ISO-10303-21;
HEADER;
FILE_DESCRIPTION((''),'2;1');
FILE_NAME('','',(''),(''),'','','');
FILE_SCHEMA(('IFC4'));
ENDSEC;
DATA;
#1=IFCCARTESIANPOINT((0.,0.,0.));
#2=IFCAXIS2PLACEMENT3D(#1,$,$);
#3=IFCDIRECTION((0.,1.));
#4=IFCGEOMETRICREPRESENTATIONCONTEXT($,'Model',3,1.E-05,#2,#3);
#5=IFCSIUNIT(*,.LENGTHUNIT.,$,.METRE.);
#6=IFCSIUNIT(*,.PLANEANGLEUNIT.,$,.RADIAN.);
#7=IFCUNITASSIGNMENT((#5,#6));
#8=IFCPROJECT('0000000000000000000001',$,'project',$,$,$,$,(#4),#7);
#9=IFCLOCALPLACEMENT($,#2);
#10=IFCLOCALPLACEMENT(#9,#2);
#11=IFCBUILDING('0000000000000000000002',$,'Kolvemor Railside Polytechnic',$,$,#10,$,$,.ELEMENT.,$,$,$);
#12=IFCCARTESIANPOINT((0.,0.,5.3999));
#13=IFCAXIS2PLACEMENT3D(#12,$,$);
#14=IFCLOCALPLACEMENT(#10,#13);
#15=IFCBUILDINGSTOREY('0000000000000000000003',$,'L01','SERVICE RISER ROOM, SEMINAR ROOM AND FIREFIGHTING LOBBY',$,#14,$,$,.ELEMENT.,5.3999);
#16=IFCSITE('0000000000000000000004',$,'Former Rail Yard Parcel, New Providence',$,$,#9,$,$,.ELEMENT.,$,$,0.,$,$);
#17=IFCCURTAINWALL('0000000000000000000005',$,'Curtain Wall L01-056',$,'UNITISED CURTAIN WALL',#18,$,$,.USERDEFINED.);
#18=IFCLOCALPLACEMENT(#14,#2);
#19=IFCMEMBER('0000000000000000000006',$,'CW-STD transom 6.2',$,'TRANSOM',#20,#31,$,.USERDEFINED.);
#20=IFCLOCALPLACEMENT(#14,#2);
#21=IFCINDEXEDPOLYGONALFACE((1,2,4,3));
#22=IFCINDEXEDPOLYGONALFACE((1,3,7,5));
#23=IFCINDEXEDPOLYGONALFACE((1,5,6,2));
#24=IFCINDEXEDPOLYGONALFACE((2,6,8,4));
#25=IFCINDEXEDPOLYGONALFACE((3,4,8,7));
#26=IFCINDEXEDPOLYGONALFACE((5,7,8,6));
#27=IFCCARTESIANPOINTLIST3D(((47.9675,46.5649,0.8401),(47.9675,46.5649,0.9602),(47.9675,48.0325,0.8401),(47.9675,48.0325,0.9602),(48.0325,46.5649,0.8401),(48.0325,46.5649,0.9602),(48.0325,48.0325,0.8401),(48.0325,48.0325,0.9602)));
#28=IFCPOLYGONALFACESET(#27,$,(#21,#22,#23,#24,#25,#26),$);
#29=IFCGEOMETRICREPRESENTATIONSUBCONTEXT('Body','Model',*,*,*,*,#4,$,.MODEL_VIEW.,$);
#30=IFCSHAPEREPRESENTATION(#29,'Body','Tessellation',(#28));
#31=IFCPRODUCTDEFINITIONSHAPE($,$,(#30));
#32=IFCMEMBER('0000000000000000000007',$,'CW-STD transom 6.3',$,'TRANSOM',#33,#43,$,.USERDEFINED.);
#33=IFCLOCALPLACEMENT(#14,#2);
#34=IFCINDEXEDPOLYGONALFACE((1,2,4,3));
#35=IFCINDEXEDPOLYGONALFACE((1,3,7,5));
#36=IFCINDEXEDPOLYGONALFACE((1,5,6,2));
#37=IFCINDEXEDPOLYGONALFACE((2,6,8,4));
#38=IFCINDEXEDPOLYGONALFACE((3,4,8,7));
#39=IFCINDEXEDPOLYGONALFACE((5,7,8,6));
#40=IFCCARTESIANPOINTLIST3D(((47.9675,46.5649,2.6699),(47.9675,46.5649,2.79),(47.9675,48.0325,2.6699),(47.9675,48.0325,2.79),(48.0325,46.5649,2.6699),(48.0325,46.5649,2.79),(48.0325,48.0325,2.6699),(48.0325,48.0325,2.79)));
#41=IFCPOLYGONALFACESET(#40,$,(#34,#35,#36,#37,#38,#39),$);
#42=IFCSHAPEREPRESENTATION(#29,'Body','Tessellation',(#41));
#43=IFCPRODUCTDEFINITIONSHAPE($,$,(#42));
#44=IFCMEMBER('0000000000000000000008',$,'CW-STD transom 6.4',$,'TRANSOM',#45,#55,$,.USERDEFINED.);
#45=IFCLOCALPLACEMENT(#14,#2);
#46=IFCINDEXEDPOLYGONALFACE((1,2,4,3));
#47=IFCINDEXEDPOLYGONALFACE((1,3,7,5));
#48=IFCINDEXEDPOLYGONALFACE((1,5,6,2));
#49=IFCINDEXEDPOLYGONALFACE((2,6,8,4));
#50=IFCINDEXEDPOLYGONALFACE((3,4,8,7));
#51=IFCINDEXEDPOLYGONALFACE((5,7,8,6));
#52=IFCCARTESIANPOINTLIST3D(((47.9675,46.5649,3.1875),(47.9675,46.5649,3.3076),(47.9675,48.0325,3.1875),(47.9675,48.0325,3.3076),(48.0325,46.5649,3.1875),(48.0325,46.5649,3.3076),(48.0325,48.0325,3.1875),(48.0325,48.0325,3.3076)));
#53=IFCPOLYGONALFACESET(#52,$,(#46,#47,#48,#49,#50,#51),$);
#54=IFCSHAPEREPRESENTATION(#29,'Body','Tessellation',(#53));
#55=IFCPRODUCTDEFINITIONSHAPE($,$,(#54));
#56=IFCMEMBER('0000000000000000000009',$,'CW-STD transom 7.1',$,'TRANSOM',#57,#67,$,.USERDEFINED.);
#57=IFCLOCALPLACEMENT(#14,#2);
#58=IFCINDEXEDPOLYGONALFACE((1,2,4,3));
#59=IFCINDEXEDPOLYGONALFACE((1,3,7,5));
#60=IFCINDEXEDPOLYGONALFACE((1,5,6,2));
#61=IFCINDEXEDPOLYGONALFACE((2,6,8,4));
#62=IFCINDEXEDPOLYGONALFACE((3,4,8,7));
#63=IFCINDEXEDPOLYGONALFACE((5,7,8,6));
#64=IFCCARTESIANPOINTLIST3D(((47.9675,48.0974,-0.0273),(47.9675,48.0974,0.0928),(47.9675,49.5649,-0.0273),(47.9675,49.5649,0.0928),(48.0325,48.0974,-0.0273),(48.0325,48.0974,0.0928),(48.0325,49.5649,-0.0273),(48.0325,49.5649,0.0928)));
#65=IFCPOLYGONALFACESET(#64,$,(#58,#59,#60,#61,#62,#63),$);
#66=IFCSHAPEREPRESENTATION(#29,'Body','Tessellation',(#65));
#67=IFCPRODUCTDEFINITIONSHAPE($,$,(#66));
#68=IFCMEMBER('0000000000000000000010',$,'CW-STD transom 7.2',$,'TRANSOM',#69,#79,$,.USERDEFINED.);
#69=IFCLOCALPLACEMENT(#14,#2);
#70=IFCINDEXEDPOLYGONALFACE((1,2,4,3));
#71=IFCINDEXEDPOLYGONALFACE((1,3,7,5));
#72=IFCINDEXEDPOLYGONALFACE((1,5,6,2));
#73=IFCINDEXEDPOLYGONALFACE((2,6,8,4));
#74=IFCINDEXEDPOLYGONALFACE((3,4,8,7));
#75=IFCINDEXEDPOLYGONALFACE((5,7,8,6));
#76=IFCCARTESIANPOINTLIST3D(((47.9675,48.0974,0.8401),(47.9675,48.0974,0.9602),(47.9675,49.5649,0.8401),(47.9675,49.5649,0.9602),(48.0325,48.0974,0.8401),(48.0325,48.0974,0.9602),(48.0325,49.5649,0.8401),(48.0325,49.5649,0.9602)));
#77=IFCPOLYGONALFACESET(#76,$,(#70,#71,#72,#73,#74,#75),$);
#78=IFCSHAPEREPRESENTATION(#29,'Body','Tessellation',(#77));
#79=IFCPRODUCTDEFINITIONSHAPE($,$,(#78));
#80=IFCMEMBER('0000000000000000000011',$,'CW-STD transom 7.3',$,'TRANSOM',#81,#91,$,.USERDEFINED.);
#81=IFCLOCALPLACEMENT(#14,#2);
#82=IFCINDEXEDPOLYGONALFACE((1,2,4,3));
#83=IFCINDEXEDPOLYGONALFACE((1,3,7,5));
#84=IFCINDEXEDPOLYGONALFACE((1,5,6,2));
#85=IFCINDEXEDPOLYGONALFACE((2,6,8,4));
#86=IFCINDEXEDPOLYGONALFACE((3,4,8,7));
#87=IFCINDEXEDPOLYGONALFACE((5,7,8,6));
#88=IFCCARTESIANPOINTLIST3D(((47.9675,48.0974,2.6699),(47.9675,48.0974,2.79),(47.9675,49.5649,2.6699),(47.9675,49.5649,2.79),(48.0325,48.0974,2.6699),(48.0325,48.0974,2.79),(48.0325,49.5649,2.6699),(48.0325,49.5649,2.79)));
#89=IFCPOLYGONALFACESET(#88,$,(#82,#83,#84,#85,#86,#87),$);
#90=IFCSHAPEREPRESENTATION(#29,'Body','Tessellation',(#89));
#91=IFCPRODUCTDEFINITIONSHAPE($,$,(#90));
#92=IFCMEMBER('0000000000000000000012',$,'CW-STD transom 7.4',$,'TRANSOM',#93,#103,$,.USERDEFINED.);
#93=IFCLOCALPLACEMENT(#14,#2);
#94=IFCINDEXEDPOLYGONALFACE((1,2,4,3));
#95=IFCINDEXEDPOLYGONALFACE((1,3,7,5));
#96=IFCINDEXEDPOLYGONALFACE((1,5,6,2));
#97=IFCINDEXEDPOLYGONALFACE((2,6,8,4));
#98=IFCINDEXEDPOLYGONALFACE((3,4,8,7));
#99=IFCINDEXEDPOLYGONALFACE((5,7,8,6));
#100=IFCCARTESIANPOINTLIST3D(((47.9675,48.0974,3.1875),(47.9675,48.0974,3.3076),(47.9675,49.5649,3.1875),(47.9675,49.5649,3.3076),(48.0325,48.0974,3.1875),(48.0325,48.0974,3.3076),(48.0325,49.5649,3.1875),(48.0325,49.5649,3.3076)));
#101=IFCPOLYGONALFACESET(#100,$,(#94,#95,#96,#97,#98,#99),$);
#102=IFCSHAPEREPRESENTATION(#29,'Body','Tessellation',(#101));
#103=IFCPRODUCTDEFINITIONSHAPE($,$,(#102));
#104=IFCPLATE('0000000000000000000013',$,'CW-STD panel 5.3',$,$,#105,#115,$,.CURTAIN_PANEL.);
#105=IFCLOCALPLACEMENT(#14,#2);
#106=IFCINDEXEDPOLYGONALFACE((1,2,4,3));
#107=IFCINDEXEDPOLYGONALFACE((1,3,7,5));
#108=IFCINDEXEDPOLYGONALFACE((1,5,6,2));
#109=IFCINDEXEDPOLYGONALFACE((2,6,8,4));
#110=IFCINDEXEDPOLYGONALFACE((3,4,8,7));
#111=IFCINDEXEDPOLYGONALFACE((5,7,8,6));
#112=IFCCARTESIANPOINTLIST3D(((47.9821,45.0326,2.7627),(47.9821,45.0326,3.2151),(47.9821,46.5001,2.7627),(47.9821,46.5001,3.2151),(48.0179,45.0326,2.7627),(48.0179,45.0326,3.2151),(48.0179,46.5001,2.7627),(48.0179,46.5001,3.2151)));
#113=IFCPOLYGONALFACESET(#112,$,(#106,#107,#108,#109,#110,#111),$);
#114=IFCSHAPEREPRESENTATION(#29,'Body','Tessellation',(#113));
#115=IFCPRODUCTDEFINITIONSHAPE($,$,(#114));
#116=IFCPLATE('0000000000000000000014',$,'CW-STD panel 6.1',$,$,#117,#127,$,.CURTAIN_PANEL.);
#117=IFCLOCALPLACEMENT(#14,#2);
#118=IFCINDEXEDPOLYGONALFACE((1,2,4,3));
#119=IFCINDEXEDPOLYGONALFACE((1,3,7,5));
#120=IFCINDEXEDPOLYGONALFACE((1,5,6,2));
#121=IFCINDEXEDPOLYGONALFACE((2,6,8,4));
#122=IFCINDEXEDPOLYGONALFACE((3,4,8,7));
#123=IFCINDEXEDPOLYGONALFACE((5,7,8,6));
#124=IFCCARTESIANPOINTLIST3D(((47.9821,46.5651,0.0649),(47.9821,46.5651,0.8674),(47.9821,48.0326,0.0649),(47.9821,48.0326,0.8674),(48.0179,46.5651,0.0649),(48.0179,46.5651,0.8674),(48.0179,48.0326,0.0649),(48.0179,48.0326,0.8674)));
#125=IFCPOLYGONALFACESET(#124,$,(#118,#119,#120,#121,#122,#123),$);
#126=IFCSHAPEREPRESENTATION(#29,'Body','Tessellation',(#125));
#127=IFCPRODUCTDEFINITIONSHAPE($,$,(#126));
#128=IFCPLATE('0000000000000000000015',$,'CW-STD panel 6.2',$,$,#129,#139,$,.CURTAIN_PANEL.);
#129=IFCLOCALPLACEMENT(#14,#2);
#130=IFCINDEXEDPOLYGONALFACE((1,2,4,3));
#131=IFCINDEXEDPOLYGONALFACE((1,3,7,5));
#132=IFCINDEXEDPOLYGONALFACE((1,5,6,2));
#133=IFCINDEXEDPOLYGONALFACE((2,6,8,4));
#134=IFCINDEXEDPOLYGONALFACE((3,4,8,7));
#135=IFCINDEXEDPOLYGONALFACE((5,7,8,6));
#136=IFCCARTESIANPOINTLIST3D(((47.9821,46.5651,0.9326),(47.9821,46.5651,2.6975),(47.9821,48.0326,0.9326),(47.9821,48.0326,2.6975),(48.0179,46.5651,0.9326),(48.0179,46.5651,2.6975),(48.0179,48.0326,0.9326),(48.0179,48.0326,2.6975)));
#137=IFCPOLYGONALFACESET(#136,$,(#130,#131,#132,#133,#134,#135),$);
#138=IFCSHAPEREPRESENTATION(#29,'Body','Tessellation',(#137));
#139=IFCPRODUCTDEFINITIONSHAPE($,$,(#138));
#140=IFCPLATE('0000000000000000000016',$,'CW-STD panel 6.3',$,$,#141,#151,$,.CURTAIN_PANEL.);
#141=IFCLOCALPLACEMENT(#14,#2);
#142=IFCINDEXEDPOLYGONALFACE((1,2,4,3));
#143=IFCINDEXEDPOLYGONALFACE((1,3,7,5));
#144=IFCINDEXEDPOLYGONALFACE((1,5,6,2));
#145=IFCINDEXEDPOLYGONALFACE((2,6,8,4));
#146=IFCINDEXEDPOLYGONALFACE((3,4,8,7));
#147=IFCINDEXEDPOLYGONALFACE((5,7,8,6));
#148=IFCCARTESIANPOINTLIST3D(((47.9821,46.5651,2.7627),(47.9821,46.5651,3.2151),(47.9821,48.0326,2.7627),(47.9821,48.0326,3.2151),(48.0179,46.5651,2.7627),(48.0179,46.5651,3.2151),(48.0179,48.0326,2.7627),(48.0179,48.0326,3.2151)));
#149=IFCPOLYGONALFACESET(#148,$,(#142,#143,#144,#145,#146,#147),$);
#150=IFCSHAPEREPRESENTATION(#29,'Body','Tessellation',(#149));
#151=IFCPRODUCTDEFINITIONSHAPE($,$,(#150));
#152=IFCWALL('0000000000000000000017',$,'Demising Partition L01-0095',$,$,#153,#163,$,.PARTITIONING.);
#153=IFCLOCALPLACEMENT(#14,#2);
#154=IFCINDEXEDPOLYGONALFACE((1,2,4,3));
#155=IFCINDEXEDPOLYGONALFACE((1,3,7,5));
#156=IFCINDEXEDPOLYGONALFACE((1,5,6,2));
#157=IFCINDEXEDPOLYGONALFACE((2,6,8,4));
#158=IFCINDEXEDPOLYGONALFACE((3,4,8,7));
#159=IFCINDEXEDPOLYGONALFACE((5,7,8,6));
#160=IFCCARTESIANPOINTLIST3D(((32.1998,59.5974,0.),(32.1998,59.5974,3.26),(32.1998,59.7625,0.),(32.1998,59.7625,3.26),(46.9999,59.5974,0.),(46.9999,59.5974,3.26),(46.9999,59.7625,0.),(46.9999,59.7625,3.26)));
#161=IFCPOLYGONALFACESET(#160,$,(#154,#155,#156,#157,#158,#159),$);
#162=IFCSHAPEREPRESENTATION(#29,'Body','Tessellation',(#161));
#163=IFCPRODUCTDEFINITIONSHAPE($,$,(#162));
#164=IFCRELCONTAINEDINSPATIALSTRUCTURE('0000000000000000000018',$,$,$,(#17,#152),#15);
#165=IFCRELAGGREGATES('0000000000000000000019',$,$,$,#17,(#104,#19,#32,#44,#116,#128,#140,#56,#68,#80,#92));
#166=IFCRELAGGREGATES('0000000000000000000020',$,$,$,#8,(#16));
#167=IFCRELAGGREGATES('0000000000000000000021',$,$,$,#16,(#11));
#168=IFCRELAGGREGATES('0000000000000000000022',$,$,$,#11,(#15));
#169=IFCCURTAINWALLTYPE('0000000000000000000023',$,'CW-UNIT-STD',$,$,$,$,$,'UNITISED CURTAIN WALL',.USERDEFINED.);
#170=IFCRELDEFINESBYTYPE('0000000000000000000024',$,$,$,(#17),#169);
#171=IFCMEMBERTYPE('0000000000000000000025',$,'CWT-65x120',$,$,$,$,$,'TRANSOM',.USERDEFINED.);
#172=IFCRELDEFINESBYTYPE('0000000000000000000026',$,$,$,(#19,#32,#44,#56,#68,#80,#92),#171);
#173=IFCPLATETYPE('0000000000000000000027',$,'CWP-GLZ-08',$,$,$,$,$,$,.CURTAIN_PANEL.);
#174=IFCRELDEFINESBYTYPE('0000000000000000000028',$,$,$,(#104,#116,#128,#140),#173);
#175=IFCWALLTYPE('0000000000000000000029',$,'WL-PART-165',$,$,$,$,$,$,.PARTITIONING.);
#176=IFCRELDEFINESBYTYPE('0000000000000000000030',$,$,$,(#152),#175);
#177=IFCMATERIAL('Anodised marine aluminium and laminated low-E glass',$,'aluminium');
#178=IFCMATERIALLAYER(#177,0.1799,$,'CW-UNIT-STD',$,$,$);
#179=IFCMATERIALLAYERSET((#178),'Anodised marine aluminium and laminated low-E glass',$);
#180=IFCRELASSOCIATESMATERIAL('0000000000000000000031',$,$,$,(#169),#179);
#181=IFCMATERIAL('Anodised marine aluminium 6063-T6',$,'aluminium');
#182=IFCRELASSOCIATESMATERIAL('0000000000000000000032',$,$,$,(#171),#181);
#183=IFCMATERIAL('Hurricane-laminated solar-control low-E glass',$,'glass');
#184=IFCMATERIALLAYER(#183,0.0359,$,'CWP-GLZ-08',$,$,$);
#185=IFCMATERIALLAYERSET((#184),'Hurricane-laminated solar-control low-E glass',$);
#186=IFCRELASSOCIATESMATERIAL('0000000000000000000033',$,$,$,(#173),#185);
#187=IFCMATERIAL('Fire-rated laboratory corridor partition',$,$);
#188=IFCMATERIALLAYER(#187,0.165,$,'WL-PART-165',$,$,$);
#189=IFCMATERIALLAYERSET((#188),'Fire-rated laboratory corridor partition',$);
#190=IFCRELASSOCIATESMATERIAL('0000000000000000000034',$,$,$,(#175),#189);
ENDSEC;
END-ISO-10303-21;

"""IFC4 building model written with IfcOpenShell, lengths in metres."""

from ifc_helpers import new_model, si_unit, direction, frame, frame_2d, origin, origin_2d, place, context, subcontext, project, spatial, rectangle, extrude, material, layer, layer_set, material_profile, profile_set, type_object, element, aggregate, save


model = new_model("IFC4")

# Units and contexts
model_context = context("Model", 3, precision=1e-05, world=origin(), true_north=direction((0.0, 1.0)))
body_context = subcontext(model_context, "Body", "Model", "MODEL_VIEW")
ifc_project = project(units=[si_unit("LENGTHUNIT", "METRE"), si_unit("PLANEANGLEUNIT", "RADIAN")], contexts=[model_context])

# Site, building, storey
site_placement = place(None, origin())
site = spatial("IfcSite", under=ifc_project, at=site_placement, Name="Former Rail Yard Parcel, New Providence", CompositionType="ELEMENT", RefElevation=0.0)
building_placement = place(site_placement, origin())
building = spatial("IfcBuilding", under=site, at=building_placement, Name="Kolvemor Railside Polytechnic", CompositionType="ELEMENT")
storey_placement = place(building_placement, frame((0.0, 0.0, 5.3999)))
storey = spatial("IfcBuildingStorey", under=building, at=storey_placement, Name="L01", Description="SERVICE RISER ROOM, SEMINAR ROOM AND FIREFIGHTING LOBBY", CompositionType="ELEMENT", Elevation=5.3999)

# Curtain wall, members, plates
ifc_material_1 = material(Name="Anodised marine aluminium and laminated low-E glass", Category="aluminium")
ifc_layer_1 = layer(ifc_material_1, 0.1799, Name="CW-UNIT-STD")
ifc_layer_set_1 = layer_set([ifc_layer_1], Name="Anodised marine aluminium and laminated low-E glass")
curtain_wall_type = type_object("IfcCurtainWallType", Name="CW-UNIT-STD", ElementType="UNITISED CURTAIN WALL", PredefinedType="USERDEFINED", material=ifc_layer_set_1)
curtain_wall_placement = place(storey_placement, origin())
curtain_wall = element("IfcCurtainWall", 1, at=curtain_wall_placement, inside=storey, type_object=curtain_wall_type, Name="Curtain Wall L01-056", ObjectType="UNITISED CURTAIN WALL", PredefinedType="USERDEFINED")
ifc_material_2 = material(Name="Anodised marine aluminium 6063-T6", Category="aluminium")
ifc_material_profile_1 = material_profile(ifc_material_2, rectangle(XDim=0.0649, YDim=0.1201, at=origin_2d()), Name="CW-TRN-65x120")
ifc_profile_set_1 = profile_set([ifc_material_profile_1], Name="Anodised marine aluminium 6063-T6")
member_type_1 = type_object("IfcMemberType", Name="CWT-65x120", ElementType="TRANSOM", PredefinedType="USERDEFINED", material=ifc_profile_set_1)
member_1_placement = place(storey_placement, frame((48.0, 46.5649, 0.9001), z_axis=(0.0, 1.0, 0.0), x_axis=(-1.0, 0.0, 0.0)))
member_1 = element("IfcMember", 2, at=member_1_placement, type_object=member_type_1, Name="CW-STD transom 6.2", ObjectType="TRANSOM", PredefinedType="USERDEFINED", context=body_context, shape_type="SweptSolid", body=[
    extrude(rectangle(XDim=0.0649, YDim=0.1201, at=origin_2d()), origin(), (0.0, 0.0, 1.0), 1.4675),
])
member_2_placement = place(storey_placement, frame((48.0, 46.5649, 2.73), z_axis=(0.0, 1.0, 0.0), x_axis=(-1.0, 0.0, 0.0)))
member_2 = element("IfcMember", 3, at=member_2_placement, type_object=member_type_1, Name="CW-STD transom 6.3", ObjectType="TRANSOM", PredefinedType="USERDEFINED", context=body_context, shape_type="SweptSolid", body=[
    extrude(rectangle(XDim=0.0649, YDim=0.1201, at=origin_2d()), origin(), (0.0, 0.0, 1.0), 1.4675),
])
member_3_placement = place(storey_placement, frame((48.0, 46.5649, 3.2476), z_axis=(0.0, 1.0, 0.0), x_axis=(-1.0, 0.0, 0.0)))
member_3 = element("IfcMember", 4, at=member_3_placement, type_object=member_type_1, Name="CW-STD transom 6.4", ObjectType="TRANSOM", PredefinedType="USERDEFINED", context=body_context, shape_type="SweptSolid", body=[
    extrude(rectangle(XDim=0.0649, YDim=0.1201, at=origin_2d()), origin(), (0.0, 0.0, 1.0), 1.4675),
])
member_4_placement = place(storey_placement, frame((48.0, 48.0974, 0.0327), z_axis=(0.0, 1.0, 0.0), x_axis=(-1.0, 0.0, 0.0)))
member_4 = element("IfcMember", 5, at=member_4_placement, type_object=member_type_1, Name="CW-STD transom 7.1", ObjectType="TRANSOM", PredefinedType="USERDEFINED", context=body_context, shape_type="SweptSolid", body=[
    extrude(rectangle(XDim=0.0649, YDim=0.1201, at=origin_2d()), origin(), (0.0, 0.0, 1.0), 1.4675),
])
member_5_placement = place(storey_placement, frame((48.0, 48.0974, 0.9001), z_axis=(0.0, 1.0, 0.0), x_axis=(-1.0, 0.0, 0.0)))
member_5 = element("IfcMember", 6, at=member_5_placement, type_object=member_type_1, Name="CW-STD transom 7.2", ObjectType="TRANSOM", PredefinedType="USERDEFINED", context=body_context, shape_type="SweptSolid", body=[
    extrude(rectangle(XDim=0.0649, YDim=0.1201, at=origin_2d()), origin(), (0.0, 0.0, 1.0), 1.4675),
])
member_6_placement = place(storey_placement, frame((48.0, 48.0974, 2.73), z_axis=(0.0, 1.0, 0.0), x_axis=(-1.0, 0.0, 0.0)))
member_6 = element("IfcMember", 7, at=member_6_placement, type_object=member_type_1, Name="CW-STD transom 7.3", ObjectType="TRANSOM", PredefinedType="USERDEFINED", context=body_context, shape_type="SweptSolid", body=[
    extrude(rectangle(XDim=0.0649, YDim=0.1201, at=origin_2d()), origin(), (0.0, 0.0, 1.0), 1.4675),
])
member_7_placement = place(storey_placement, frame((48.0, 48.0974, 3.2476), z_axis=(0.0, 1.0, 0.0), x_axis=(-1.0, 0.0, 0.0)))
member_7 = element("IfcMember", 8, at=member_7_placement, type_object=member_type_1, Name="CW-STD transom 7.4", ObjectType="TRANSOM", PredefinedType="USERDEFINED", context=body_context, shape_type="SweptSolid", body=[
    extrude(rectangle(XDim=0.0649, YDim=0.1201, at=origin_2d()), origin(), (0.0, 0.0, 1.0), 1.4675),
])
ifc_material_3 = material(Name="Hurricane-laminated solar-control low-E glass", Category="glass")
ifc_layer_2 = layer(ifc_material_3, 0.0359, Name="CWP-GLZ-08")
ifc_layer_set_2 = layer_set([ifc_layer_2], Name="Hurricane-laminated solar-control low-E glass")
plate_type = type_object("IfcPlateType", Name="CWP-GLZ-08", PredefinedType="CURTAIN_PANEL", material=ifc_layer_set_2)
plate_1_placement = place(storey_placement, frame((48.0, 45.7664, 2.7627), z_axis=(0.0, 0.0, 1.0), x_axis=(0.0, 1.0, 0.0)))
plate_1 = element("IfcPlate", 9, at=plate_1_placement, type_object=plate_type, Name="CW-STD panel 5.3", PredefinedType="CURTAIN_PANEL", context=body_context, shape_type="SweptSolid", body=[
    extrude(rectangle(XDim=1.4675, YDim=0.0359, at=origin_2d()), origin(), (0.0, 0.0, 1.0), 0.4524),
])
plate_2_placement = place(storey_placement, frame((48.0, 47.2988, 0.0649), z_axis=(0.0, 0.0, 1.0), x_axis=(0.0, 1.0, 0.0)))
plate_2 = element("IfcPlate", 10, at=plate_2_placement, type_object=plate_type, Name="CW-STD panel 6.1", PredefinedType="CURTAIN_PANEL", context=body_context, shape_type="SweptSolid", body=[
    extrude(rectangle(XDim=1.4675, YDim=0.0359, at=origin_2d()), origin(), (0.0, 0.0, 1.0), 0.8025),
])
plate_3_placement = place(storey_placement, frame((48.0, 47.2988, 0.9326), z_axis=(0.0, 0.0, 1.0), x_axis=(0.0, 1.0, 0.0)))
plate_3 = element("IfcPlate", 11, at=plate_3_placement, type_object=plate_type, Name="CW-STD panel 6.2", PredefinedType="CURTAIN_PANEL", context=body_context, shape_type="SweptSolid", body=[
    extrude(rectangle(XDim=1.4675, YDim=0.0359, at=origin_2d()), origin(), (0.0, 0.0, 1.0), 1.7649),
])
plate_4_placement = place(storey_placement, frame((48.0, 47.2988, 2.7627), z_axis=(0.0, 0.0, 1.0), x_axis=(0.0, 1.0, 0.0)))
plate_4 = element("IfcPlate", 12, at=plate_4_placement, type_object=plate_type, Name="CW-STD panel 6.3", PredefinedType="CURTAIN_PANEL", context=body_context, shape_type="SweptSolid", body=[
    extrude(rectangle(XDim=1.4675, YDim=0.0359, at=origin_2d()), origin(), (0.0, 0.0, 1.0), 0.4524),
])
aggregate(curtain_wall, [plate_1, member_1, member_2, member_3, plate_2, plate_3, plate_4, member_4, member_5, member_6, member_7])

# Wall
ifc_material_4 = material(Name="Fire-rated laboratory corridor partition")
ifc_layer_3 = layer(ifc_material_4, 0.165, Name="WL-PART-165")
ifc_layer_set_3 = layer_set([ifc_layer_3], Name="Fire-rated laboratory corridor partition")
wall_type_1 = type_object("IfcWallType", Name="WL-PART-165", PredefinedType="PARTITIONING", material=ifc_layer_set_3)
wall_1_placement = place(storey_placement, frame((32.2, 59.6799, 0.0), z_axis=(0.0, 0.0, 1.0), x_axis=(1.0, 0.0, 0.0)))
element("IfcWall", 13, at=wall_1_placement, inside=storey, type_object=wall_type_1, Name="Demising Partition L01-0095", PredefinedType="PARTITIONING", context=body_context, shape_type="SweptSolid", body=[
    extrude(rectangle(XDim=14.8, YDim=0.165, at=frame_2d((7.3999, 0.0))), origin(), (0.0, 0.0, 1.0), 3.26),
])

save(model, "model.ifc")
